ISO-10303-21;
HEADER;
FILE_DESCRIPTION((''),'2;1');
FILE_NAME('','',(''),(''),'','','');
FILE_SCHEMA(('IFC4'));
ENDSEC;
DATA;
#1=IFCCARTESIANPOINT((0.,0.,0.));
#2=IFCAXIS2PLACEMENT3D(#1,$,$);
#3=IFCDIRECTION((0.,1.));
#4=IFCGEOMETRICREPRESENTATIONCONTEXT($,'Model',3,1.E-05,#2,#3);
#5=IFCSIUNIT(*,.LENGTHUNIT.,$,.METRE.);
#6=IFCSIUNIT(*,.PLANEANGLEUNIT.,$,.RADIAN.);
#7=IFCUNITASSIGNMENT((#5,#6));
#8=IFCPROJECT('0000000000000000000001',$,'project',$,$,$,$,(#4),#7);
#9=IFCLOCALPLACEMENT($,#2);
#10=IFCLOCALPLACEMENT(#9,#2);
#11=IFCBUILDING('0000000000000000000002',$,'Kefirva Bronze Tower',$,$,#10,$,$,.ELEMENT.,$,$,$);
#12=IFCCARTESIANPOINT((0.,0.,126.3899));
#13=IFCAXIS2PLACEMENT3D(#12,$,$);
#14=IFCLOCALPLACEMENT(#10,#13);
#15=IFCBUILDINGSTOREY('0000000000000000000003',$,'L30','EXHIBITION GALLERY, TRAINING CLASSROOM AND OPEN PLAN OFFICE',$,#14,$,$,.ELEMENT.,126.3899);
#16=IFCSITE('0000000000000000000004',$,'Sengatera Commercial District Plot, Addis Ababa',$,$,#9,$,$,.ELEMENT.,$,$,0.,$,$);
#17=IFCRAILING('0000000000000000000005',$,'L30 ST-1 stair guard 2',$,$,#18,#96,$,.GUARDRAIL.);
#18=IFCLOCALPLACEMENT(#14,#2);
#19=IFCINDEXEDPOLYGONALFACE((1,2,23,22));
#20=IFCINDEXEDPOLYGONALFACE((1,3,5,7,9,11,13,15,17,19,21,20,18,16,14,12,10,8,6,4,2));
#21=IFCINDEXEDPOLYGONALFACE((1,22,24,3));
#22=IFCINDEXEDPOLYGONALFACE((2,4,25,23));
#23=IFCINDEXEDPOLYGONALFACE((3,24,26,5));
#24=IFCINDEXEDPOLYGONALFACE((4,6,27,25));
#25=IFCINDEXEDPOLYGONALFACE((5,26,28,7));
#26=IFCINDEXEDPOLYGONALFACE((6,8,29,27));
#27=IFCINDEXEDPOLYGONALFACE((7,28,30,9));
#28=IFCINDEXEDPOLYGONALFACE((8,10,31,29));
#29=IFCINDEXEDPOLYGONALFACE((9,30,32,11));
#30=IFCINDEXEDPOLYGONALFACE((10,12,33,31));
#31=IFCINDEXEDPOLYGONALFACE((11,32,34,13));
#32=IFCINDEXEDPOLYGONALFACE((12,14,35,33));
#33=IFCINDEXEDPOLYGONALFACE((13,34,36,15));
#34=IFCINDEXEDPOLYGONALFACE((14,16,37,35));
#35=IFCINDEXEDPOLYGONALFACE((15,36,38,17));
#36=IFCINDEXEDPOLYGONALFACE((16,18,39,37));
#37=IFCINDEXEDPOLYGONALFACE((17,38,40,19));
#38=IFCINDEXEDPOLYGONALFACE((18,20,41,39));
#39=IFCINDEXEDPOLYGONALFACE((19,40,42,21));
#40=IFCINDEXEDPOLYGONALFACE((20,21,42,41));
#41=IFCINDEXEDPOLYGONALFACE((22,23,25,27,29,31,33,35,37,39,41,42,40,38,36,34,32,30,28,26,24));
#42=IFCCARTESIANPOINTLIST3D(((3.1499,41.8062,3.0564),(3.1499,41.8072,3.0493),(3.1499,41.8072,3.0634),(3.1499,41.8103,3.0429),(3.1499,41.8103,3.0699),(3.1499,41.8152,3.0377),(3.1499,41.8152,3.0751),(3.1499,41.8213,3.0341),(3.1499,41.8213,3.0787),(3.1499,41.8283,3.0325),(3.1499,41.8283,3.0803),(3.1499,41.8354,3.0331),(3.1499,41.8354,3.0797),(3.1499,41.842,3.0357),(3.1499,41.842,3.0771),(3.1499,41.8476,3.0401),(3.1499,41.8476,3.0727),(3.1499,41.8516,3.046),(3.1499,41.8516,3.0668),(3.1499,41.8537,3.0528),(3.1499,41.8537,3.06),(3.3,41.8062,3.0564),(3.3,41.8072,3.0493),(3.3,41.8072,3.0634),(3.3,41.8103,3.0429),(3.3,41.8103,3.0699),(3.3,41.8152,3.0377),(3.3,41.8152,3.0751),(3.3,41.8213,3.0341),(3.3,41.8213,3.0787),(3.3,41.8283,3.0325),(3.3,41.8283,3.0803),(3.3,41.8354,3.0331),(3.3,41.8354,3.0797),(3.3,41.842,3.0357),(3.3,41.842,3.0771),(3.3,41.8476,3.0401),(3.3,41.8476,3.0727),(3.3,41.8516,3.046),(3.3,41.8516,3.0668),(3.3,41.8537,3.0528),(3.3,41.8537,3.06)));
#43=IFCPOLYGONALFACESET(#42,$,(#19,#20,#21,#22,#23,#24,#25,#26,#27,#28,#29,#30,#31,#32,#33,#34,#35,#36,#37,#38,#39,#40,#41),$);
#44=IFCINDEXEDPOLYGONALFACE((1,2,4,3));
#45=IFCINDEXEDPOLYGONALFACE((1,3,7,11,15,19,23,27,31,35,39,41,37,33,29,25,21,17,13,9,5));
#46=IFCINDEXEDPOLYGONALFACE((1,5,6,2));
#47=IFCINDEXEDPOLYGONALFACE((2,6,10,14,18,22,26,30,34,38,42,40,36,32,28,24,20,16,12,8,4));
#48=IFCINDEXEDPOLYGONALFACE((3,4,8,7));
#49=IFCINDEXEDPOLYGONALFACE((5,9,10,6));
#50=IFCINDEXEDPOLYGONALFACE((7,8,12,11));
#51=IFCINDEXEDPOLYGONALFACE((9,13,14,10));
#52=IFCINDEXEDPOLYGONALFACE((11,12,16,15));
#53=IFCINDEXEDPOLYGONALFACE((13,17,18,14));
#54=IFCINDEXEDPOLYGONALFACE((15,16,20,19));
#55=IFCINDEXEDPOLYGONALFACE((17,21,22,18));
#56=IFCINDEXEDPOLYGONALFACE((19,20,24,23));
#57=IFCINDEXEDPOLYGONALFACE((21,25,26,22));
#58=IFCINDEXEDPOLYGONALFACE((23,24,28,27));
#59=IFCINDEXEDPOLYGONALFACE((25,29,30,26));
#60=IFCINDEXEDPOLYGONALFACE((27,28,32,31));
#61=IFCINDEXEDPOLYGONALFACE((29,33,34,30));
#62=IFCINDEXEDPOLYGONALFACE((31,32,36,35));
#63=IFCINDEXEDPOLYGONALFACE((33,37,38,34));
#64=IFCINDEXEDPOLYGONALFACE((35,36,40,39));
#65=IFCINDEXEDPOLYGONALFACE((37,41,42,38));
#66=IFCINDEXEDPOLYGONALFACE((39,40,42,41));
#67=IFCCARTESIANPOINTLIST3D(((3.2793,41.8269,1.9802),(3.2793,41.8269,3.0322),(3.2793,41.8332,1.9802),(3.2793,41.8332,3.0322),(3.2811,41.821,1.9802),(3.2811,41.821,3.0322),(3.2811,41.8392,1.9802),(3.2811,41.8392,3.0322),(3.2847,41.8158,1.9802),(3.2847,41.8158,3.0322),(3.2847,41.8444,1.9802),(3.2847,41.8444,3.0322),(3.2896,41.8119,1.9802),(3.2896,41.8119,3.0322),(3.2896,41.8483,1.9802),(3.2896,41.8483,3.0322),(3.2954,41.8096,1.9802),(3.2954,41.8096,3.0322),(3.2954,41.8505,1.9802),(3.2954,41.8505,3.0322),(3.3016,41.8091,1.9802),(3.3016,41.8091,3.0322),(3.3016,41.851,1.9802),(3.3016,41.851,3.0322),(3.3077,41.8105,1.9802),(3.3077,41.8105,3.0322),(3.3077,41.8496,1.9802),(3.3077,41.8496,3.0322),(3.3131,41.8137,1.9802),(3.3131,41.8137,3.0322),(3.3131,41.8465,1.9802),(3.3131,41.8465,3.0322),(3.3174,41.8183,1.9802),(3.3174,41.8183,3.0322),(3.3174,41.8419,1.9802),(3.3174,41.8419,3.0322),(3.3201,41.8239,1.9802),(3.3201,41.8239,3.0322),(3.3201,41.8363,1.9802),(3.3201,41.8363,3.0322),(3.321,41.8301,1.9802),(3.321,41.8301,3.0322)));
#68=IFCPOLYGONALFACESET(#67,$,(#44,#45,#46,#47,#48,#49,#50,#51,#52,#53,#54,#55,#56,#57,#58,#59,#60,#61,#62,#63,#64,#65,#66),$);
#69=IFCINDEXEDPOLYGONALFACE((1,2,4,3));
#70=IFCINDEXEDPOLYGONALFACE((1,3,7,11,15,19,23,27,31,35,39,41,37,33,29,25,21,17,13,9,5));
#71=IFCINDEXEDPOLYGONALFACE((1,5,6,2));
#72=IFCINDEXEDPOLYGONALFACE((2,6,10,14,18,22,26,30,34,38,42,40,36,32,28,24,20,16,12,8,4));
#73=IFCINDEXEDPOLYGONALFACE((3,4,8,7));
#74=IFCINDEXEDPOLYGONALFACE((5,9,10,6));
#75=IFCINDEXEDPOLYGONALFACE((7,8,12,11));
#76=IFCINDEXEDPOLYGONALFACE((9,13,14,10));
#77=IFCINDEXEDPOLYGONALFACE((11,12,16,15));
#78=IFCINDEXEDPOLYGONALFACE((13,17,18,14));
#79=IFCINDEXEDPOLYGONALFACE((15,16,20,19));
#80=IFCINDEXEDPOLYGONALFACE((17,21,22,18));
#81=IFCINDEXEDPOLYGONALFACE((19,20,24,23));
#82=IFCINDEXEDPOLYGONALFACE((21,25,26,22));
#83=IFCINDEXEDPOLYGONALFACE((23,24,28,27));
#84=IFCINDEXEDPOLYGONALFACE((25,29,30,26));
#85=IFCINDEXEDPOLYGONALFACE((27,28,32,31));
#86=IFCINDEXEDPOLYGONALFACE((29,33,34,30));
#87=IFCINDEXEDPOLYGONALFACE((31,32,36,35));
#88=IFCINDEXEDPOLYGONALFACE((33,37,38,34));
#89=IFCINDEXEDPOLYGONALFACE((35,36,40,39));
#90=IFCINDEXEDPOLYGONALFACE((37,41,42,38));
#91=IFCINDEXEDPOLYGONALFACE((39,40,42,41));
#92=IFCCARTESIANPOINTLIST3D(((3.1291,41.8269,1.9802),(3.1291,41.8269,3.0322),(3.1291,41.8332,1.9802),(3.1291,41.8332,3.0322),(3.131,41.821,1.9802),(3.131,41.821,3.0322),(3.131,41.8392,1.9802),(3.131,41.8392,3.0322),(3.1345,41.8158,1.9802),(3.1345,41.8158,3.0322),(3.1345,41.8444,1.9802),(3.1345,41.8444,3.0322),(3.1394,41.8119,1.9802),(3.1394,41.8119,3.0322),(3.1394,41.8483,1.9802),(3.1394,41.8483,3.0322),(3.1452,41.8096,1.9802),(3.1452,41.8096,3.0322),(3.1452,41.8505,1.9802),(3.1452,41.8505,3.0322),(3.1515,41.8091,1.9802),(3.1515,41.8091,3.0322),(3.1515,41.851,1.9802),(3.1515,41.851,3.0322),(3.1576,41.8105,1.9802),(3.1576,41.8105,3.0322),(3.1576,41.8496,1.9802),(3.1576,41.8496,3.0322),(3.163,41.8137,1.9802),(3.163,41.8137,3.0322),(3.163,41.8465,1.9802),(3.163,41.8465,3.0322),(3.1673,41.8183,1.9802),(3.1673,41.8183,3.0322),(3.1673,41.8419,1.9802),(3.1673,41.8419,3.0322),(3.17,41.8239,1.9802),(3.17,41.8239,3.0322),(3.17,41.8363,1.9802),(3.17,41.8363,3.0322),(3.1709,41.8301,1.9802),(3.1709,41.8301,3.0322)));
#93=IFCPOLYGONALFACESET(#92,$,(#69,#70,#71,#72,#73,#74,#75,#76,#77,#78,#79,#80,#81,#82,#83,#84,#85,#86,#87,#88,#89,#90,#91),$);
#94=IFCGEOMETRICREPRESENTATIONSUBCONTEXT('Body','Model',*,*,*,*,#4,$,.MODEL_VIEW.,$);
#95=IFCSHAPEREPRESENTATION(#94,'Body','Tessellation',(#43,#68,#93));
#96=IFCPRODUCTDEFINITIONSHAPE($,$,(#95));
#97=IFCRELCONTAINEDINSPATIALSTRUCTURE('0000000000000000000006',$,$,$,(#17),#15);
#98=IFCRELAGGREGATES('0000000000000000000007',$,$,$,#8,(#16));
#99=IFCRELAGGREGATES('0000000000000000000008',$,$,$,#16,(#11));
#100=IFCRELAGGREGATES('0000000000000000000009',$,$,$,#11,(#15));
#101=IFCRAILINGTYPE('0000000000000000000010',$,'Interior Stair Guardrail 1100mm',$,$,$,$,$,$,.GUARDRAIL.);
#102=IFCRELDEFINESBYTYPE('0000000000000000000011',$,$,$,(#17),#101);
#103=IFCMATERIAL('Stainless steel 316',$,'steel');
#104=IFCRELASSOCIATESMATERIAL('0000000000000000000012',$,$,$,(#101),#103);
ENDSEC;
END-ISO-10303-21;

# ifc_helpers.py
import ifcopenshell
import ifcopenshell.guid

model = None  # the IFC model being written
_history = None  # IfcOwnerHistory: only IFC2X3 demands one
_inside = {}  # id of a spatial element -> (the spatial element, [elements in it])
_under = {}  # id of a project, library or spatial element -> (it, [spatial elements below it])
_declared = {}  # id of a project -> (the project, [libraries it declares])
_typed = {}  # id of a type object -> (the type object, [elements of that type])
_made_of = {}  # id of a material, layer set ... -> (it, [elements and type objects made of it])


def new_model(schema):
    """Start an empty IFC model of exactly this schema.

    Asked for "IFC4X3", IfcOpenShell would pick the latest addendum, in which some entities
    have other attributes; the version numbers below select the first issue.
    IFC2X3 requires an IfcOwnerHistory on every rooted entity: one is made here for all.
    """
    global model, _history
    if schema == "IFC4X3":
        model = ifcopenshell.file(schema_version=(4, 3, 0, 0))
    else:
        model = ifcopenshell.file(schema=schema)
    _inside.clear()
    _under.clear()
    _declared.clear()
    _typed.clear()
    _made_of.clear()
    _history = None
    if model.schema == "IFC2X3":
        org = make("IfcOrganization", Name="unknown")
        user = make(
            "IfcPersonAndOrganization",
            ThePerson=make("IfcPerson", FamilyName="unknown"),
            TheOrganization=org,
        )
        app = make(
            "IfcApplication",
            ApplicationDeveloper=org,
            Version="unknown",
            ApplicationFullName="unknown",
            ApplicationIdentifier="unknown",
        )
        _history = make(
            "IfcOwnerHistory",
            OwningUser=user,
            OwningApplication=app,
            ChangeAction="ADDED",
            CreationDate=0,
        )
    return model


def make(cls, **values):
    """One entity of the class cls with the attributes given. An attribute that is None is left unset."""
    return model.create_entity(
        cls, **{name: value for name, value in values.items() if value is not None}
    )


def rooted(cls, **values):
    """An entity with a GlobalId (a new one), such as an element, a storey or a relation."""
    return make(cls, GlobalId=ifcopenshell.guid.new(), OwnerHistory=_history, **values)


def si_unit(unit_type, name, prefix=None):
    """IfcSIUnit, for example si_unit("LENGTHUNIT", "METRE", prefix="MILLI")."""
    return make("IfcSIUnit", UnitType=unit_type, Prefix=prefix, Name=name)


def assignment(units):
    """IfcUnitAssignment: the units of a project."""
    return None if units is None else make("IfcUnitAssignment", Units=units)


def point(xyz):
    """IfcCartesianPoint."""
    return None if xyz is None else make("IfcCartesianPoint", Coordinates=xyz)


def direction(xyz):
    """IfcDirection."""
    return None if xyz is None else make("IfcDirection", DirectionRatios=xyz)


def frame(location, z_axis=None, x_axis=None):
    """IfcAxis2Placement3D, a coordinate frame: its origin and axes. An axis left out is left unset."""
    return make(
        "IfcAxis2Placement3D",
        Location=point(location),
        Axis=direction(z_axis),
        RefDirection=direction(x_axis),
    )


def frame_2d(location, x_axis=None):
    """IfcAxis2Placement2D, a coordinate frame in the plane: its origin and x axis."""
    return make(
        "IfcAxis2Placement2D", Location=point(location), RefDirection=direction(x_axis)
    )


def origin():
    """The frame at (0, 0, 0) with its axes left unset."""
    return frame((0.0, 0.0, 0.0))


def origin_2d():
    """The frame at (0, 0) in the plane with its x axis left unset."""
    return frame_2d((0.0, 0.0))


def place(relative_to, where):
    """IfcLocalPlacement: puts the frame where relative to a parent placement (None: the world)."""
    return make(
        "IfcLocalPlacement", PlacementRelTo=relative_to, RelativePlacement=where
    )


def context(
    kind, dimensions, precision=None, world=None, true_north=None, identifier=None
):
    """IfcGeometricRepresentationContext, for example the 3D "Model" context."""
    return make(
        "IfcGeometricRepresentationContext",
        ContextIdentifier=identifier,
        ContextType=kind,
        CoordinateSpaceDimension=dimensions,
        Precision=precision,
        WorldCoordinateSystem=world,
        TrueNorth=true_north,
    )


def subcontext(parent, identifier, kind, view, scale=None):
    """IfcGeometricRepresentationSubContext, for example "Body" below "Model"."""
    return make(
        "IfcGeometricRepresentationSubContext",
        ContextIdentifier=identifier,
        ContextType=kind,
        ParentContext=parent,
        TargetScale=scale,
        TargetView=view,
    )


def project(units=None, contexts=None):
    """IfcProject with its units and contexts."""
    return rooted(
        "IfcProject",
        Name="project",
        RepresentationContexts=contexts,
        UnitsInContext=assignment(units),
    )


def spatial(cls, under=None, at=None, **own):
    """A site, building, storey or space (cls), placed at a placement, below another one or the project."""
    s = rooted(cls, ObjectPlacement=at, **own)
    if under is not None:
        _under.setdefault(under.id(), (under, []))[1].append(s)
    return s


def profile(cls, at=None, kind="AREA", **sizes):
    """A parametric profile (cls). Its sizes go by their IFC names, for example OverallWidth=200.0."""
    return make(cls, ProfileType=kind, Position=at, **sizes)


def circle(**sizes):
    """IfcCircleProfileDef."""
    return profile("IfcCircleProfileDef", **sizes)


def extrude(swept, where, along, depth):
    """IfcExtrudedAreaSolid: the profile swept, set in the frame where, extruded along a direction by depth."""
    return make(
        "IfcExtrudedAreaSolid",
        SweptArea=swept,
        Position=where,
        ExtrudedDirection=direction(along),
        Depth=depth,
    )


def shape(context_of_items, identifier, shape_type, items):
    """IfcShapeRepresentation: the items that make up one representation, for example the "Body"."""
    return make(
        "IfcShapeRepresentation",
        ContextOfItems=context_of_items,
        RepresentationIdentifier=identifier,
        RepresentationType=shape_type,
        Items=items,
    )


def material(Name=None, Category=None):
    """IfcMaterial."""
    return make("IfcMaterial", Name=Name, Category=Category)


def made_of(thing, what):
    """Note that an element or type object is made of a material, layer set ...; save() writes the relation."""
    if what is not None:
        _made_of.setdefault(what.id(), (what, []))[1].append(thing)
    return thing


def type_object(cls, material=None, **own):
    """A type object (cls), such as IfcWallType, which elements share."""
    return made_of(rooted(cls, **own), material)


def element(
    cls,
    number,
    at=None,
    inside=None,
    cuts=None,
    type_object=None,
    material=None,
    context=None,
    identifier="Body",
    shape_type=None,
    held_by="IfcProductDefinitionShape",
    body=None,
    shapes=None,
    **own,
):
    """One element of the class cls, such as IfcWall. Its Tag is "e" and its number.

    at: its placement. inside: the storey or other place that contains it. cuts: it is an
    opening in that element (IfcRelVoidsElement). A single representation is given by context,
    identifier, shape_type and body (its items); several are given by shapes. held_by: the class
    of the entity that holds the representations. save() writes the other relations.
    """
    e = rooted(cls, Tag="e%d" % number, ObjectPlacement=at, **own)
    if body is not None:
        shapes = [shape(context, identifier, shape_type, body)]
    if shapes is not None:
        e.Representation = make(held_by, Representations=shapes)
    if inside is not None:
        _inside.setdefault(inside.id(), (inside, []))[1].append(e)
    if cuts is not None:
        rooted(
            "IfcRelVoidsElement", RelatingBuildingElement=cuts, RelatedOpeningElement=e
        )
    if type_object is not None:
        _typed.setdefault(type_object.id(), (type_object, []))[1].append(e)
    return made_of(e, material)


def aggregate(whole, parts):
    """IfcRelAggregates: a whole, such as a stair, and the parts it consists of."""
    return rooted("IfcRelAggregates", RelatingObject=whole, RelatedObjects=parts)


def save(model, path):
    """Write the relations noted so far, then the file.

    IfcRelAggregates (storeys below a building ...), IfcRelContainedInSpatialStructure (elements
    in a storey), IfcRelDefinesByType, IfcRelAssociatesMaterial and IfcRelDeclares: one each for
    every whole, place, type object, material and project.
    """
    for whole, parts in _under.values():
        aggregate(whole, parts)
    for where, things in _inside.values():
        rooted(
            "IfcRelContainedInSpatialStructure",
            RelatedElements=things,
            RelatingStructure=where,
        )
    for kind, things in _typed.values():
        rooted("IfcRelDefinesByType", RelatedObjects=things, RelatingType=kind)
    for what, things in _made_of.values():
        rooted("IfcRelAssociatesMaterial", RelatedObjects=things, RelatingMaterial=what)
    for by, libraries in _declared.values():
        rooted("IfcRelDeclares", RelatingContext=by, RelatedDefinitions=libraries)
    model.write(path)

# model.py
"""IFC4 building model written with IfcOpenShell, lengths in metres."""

from ifc_helpers import new_model, si_unit, direction, frame, origin, origin_2d, place, context, subcontext, project, spatial, circle, extrude, material, type_object, element, save


model = new_model("IFC4")

# Units and contexts
model_context = context("Model", 3, precision=1e-05, world=origin(), true_north=direction((0.0, 1.0)))
body_context = subcontext(model_context, "Body", "Model", "MODEL_VIEW")
ifc_project = project(units=[si_unit("LENGTHUNIT", "METRE"), si_unit("PLANEANGLEUNIT", "RADIAN")], contexts=[model_context])

# Site, building, storey
site_placement = place(None, origin())
site = spatial("IfcSite", under=ifc_project, at=site_placement, Name="Sengatera Commercial District Plot, Addis Ababa", CompositionType="ELEMENT", RefElevation=0.0)
building_placement = place(site_placement, origin())
building = spatial("IfcBuilding", under=site, at=building_placement, Name="Kefirva Bronze Tower", CompositionType="ELEMENT")
storey_placement = place(building_placement, frame((0.0, 0.0, 126.3899)))
storey = spatial("IfcBuildingStorey", under=building, at=storey_placement, Name="L30", Description="EXHIBITION GALLERY, TRAINING CLASSROOM AND OPEN PLAN OFFICE", CompositionType="ELEMENT", Elevation=126.3899)

# Railing
ifc_material_1 = material(Name="Stainless steel 316", Category="steel")
railing_type_1 = type_object("IfcRailingType", Name="Interior Stair Guardrail 1100mm", PredefinedType="GUARDRAIL", material=ifc_material_1)
railing_1_placement = place(storey_placement, frame((3.3, 41.8301, 1.9802)))
element("IfcRailing", 1, at=railing_1_placement, inside=storey, type_object=railing_type_1, Name="L30 ST-1 stair guard 2", PredefinedType="GUARDRAIL", context=body_context, shape_type="SweptSolid", body=[
    extrude(circle(Radius=0.0239, at=origin_2d()), frame((0.0, 0.0, 1.0762), z_axis=(-1.0, 0.0, 0.0), x_axis=(0.0, -1.0, 0.0)), (0.0, 0.0, 1.0), 0.1501),
    extrude(circle(Radius=0.021, at=origin_2d()), origin(), (0.0, 0.0, 1.0), 1.052),
    extrude(circle(Radius=0.021, at=origin_2d()), frame((-0.1501, 0.0, 0.0)), (0.0, 0.0, 1.0), 1.052),
])

save(model, "model.ifc")
